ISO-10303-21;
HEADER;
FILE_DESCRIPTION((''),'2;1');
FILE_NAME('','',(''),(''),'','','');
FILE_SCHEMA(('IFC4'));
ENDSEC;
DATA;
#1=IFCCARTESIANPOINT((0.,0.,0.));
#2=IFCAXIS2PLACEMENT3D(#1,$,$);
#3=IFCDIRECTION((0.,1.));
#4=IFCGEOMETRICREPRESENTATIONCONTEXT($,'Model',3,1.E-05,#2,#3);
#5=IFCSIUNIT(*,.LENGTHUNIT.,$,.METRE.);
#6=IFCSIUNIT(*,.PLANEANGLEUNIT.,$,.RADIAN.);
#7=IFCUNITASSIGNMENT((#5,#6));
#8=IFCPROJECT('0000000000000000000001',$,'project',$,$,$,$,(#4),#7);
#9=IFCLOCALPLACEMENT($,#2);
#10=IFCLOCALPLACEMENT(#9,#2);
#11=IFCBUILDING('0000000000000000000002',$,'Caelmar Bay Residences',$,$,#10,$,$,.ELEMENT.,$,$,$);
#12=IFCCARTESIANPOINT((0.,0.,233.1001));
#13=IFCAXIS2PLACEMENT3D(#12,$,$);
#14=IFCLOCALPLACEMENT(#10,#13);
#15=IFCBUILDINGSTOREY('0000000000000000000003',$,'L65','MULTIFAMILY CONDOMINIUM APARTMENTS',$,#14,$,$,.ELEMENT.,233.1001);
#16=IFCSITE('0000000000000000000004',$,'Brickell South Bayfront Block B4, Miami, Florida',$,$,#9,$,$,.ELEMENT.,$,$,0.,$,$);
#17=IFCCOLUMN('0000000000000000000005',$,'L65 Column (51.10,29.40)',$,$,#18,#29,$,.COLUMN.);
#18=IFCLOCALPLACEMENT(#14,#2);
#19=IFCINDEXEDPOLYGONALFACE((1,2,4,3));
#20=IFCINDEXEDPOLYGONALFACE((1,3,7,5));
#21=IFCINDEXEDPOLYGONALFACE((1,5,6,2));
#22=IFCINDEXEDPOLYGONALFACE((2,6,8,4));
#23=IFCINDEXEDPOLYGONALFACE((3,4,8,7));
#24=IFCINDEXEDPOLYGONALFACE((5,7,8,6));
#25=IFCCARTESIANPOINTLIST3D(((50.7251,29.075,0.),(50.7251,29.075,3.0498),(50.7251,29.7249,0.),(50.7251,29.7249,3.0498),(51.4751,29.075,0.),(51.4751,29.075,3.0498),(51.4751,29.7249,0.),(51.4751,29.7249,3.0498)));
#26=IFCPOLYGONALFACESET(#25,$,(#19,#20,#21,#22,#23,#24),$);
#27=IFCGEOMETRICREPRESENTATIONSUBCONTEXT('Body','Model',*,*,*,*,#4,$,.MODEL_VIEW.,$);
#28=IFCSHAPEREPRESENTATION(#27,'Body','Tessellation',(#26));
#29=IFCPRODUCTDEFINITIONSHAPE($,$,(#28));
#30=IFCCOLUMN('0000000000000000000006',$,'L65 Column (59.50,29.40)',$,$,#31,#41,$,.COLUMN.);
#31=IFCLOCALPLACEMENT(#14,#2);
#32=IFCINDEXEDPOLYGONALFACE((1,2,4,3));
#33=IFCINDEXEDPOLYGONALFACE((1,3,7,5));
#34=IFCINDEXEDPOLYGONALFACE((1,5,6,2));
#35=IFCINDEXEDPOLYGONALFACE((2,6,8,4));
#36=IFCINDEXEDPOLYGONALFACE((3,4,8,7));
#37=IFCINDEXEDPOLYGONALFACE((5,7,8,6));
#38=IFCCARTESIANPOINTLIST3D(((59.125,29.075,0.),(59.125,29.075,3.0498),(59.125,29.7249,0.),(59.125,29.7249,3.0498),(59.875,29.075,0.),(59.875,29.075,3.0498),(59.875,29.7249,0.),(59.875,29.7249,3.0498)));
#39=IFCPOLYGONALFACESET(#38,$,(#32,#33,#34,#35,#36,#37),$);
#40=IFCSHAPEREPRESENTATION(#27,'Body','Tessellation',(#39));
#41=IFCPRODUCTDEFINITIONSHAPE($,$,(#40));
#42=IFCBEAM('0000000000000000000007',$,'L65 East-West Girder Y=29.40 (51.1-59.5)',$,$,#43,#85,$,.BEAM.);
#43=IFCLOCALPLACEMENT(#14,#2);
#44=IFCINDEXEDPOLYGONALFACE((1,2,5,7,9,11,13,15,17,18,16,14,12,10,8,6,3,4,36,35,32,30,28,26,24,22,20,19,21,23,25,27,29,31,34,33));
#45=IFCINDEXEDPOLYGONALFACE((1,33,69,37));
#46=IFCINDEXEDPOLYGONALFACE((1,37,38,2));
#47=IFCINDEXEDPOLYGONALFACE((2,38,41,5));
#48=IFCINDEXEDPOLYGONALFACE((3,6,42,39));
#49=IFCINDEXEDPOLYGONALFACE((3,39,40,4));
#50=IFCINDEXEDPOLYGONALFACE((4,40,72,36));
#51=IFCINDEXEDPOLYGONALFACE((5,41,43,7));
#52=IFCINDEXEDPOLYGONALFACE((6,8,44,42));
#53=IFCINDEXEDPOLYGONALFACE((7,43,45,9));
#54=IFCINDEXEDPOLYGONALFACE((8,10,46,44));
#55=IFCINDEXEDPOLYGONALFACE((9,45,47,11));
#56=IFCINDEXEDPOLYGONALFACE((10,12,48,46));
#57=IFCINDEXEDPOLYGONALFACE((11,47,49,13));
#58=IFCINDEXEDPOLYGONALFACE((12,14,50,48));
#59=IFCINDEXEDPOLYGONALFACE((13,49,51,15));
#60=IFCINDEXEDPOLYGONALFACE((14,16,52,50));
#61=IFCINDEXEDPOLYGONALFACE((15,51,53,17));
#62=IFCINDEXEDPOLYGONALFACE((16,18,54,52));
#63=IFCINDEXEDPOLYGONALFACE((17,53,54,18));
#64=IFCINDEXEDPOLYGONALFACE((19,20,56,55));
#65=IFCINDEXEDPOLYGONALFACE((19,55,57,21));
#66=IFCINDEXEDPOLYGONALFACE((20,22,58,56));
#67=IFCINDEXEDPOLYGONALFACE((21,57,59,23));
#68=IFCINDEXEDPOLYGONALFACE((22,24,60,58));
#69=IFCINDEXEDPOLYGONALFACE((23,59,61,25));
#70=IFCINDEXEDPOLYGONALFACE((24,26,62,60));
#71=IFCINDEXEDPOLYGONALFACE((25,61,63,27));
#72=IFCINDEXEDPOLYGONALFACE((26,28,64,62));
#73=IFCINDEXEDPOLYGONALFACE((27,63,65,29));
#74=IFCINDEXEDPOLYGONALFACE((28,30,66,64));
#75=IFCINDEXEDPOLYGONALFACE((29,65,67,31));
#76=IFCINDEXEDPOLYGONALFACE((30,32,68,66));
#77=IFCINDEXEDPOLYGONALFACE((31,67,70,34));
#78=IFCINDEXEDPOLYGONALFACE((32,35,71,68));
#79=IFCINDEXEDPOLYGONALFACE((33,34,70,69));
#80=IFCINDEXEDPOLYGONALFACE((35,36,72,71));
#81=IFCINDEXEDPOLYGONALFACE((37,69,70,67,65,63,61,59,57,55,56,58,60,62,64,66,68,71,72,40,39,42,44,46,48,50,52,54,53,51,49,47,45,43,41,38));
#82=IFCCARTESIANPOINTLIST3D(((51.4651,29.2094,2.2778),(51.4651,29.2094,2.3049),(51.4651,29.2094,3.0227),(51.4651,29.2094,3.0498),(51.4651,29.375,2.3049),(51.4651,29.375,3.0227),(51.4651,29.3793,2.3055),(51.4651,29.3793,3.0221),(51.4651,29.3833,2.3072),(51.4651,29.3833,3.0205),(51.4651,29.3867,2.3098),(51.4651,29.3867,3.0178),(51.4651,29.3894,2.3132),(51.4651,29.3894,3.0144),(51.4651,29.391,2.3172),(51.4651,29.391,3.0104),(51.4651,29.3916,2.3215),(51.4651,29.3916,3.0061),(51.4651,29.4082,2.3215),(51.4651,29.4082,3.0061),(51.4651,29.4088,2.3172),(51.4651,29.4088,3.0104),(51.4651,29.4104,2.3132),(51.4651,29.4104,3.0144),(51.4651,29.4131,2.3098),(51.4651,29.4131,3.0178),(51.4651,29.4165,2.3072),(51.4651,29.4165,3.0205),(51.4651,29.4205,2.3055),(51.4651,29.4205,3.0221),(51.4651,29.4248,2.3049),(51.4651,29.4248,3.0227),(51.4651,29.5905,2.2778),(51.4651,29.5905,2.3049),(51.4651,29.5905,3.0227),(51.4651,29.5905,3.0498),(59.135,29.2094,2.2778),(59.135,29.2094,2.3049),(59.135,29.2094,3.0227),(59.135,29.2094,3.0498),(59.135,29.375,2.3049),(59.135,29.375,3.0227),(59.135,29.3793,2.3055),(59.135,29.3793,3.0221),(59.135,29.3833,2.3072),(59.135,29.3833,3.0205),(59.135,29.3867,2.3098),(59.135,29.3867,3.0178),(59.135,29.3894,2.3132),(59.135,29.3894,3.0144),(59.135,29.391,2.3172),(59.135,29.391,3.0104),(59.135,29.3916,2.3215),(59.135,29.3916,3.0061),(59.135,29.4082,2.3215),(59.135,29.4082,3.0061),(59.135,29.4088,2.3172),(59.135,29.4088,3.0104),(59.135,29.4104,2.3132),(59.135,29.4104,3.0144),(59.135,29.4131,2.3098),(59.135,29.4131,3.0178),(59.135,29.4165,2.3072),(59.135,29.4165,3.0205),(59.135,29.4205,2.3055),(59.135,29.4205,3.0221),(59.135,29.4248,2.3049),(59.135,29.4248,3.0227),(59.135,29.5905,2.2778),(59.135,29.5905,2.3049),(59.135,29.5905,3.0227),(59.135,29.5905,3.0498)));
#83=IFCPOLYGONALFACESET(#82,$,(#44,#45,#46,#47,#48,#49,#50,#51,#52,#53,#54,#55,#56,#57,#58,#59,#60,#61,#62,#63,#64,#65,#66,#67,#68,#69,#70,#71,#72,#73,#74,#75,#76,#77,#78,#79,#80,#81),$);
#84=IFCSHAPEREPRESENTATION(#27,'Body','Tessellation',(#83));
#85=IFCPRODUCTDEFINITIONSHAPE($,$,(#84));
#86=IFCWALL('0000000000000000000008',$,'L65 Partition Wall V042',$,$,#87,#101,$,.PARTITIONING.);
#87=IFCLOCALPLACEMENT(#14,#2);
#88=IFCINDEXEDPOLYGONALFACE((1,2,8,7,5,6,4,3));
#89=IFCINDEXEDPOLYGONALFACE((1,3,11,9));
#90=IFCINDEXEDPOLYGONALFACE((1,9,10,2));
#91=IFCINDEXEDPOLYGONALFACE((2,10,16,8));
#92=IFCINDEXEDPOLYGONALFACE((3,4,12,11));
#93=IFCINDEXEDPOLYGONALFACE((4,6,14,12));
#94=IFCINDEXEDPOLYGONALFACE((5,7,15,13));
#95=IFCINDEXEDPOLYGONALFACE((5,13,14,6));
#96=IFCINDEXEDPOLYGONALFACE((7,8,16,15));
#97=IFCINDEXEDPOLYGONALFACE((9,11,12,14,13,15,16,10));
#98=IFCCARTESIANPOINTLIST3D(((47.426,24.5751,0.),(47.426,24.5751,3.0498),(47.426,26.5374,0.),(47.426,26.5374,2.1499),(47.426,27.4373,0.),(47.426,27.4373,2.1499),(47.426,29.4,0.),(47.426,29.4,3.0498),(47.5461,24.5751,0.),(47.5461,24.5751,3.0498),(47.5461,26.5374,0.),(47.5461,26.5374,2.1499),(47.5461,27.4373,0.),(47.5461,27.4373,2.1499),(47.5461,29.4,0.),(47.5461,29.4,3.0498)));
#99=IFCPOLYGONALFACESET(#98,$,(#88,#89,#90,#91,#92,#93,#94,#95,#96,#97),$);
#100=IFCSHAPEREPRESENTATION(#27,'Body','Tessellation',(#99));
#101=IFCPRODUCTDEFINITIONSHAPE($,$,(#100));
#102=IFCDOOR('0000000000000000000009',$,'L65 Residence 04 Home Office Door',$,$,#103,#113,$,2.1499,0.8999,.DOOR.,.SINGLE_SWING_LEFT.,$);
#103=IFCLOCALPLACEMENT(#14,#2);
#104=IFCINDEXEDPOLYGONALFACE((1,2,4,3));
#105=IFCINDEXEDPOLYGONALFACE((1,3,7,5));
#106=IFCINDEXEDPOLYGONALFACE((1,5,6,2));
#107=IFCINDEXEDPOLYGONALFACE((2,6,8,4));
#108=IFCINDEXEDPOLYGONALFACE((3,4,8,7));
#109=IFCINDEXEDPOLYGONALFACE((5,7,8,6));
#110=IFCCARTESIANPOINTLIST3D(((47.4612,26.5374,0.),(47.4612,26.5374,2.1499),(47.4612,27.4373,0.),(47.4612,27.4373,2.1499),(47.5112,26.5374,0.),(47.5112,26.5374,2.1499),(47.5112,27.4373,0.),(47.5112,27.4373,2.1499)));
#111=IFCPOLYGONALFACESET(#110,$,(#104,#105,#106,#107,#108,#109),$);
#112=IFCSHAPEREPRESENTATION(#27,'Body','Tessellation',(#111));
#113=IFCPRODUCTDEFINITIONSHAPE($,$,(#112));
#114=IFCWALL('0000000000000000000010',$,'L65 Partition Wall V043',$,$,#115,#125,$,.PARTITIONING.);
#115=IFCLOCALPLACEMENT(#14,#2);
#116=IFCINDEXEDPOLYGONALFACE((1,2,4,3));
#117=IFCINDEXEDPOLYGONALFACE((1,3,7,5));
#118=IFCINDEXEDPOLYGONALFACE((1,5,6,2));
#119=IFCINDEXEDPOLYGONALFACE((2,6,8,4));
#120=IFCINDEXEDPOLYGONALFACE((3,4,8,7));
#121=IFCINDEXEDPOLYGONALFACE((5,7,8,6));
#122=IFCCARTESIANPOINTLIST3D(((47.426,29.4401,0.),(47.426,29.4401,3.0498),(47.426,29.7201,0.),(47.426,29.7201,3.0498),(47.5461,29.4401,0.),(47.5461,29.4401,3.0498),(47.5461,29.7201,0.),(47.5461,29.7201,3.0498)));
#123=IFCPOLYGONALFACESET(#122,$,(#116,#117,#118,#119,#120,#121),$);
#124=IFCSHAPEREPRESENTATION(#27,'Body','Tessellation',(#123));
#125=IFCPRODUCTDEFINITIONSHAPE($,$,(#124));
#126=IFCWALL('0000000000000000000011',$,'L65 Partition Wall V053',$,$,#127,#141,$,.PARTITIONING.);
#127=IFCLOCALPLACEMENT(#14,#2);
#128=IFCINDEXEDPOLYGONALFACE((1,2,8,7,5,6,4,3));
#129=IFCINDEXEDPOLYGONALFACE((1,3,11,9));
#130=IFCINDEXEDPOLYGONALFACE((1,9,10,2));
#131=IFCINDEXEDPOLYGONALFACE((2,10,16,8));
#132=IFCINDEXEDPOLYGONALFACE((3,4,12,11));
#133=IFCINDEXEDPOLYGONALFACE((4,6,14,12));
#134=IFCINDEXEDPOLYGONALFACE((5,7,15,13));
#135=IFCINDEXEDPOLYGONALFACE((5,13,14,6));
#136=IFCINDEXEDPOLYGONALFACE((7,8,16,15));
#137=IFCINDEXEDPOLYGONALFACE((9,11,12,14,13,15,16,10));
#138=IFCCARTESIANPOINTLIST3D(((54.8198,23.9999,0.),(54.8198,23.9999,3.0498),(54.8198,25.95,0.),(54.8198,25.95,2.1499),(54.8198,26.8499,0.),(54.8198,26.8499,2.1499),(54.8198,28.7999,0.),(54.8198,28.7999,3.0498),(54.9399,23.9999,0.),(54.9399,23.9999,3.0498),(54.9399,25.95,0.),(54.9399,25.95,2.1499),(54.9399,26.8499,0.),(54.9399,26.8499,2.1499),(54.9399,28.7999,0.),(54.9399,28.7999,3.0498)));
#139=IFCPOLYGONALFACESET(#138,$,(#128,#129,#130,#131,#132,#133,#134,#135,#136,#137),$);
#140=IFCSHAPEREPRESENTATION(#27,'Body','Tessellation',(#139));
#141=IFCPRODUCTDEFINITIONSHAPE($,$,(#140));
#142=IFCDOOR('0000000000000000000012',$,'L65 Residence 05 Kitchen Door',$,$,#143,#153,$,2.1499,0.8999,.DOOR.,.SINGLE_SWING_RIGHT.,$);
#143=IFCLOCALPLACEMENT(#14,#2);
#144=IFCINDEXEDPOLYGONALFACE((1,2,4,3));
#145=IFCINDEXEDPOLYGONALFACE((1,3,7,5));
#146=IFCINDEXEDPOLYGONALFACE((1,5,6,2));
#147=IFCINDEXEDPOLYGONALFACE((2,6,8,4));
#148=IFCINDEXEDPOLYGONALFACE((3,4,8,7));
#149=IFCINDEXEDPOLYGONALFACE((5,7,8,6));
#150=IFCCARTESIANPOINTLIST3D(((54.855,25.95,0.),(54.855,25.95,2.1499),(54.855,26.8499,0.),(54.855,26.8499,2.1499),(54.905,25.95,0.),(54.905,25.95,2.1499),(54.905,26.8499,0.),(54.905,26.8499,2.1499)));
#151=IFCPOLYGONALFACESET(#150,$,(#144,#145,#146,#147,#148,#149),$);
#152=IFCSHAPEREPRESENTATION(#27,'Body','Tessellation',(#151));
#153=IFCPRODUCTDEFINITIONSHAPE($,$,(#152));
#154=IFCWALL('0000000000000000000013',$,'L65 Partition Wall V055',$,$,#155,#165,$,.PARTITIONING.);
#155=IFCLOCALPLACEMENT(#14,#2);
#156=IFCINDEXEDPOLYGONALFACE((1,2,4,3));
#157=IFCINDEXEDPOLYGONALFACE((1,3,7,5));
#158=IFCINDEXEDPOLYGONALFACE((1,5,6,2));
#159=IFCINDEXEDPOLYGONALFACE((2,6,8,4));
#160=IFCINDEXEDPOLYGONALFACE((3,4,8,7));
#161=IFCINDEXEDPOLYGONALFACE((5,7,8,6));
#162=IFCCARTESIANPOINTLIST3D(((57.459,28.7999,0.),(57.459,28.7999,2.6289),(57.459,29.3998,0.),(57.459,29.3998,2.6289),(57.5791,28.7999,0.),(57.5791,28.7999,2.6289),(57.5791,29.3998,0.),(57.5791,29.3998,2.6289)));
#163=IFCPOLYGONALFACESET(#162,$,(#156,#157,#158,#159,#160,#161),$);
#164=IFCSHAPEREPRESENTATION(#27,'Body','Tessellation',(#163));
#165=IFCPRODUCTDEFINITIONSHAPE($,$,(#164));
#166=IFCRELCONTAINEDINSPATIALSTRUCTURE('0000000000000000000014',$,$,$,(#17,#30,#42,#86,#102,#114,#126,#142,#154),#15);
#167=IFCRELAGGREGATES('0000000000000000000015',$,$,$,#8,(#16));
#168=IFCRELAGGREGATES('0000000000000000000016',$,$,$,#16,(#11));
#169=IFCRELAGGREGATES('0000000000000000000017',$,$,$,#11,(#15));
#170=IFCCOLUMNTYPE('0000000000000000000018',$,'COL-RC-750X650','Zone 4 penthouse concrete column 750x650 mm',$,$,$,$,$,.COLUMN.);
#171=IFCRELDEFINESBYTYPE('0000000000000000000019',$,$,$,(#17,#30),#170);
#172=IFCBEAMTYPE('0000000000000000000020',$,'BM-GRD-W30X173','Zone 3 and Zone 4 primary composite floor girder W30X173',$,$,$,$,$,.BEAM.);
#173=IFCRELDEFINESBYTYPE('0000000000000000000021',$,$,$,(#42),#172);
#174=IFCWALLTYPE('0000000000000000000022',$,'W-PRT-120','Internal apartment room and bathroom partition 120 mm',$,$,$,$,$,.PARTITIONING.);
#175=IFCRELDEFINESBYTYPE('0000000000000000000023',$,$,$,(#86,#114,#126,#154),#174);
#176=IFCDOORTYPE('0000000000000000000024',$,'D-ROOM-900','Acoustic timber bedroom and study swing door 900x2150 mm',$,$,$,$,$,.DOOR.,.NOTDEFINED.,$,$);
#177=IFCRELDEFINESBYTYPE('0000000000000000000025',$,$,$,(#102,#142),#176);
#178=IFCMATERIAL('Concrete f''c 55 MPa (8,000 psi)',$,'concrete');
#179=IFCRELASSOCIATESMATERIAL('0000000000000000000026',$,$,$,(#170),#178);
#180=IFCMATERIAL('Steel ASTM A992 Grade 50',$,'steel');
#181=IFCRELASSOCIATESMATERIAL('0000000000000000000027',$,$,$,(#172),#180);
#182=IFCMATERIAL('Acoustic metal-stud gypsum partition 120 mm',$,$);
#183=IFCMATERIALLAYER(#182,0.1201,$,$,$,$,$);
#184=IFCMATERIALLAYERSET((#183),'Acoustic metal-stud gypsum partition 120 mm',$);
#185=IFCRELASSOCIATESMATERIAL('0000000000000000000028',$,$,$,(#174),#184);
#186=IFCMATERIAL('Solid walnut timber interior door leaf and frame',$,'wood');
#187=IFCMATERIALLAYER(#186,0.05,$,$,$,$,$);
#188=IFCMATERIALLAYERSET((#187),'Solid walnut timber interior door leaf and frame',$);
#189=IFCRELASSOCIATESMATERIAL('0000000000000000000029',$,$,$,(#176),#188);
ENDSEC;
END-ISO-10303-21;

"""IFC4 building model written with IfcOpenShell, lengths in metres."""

from ifc_helpers import new_model, si_unit, direction, frame, frame_2d, origin, origin_2d, place, context, subcontext, project, spatial, rectangle, i_section, extrude, material, layer, layer_set, material_profile, profile_set, type_object, element, fill, save


model = new_model("IFC4")

# Units and contexts
model_context = context("Model", 3, precision=1e-05, world=origin(), true_north=direction((0.0, 1.0)))
body_context = subcontext(model_context, "Body", "Model", "MODEL_VIEW")
ifc_project = project(units=[si_unit("LENGTHUNIT", "METRE"), si_unit("PLANEANGLEUNIT", "RADIAN")], contexts=[model_context])

# Site, building, storey
site_placement = place(None, origin())
site = spatial("IfcSite", under=ifc_project, at=site_placement, Name="Brickell South Bayfront Block B4, Miami, Florida", CompositionType="ELEMENT", RefElevation=0.0)
building_placement = place(site_placement, origin())
building = spatial("IfcBuilding", under=site, at=building_placement, Name="Caelmar Bay Residences", CompositionType="ELEMENT")
storey_placement = place(building_placement, frame((0.0, 0.0, 233.1001)))
storey = spatial("IfcBuildingStorey", under=building, at=storey_placement, Name="L65", Description="MULTIFAMILY CONDOMINIUM APARTMENTS", CompositionType="ELEMENT", Elevation=233.1001)

# Columns
ifc_material_1 = material(Name="Concrete f'c 55 MPa (8,000 psi)", Category="concrete")
ifc_material_profile_1 = material_profile(ifc_material_1, rectangle(XDim=0.75, YDim=0.6499, at=origin_2d()), Name="RC-COL-750X650")
ifc_profile_set_1 = profile_set([ifc_material_profile_1], Name="Concrete f'c 55 MPa (8,000 psi)")
column_type = type_object("IfcColumnType", Name="COL-RC-750X650", Description="Zone 4 penthouse concrete column 750x650 mm", PredefinedType="COLUMN", material=ifc_profile_set_1)
for number, where, z_axis, x_axis, name in (
    (1, (51.1001, 29.3999, 0.0), (0.0, 0.0, 1.0), (1.0, 0.0, 0.0), "L65 Column (51.10,29.40)"),
    (2, (59.5, 29.3999, 0.0), (0.0, 0.0, 1.0), (1.0, 0.0, 0.0), "L65 Column (59.50,29.40)"),
):
    element("IfcColumn", number, at=place(storey_placement, frame(where, z_axis=z_axis, x_axis=x_axis)), inside=storey, type_object=column_type, Name=name, PredefinedType="COLUMN", context=body_context, shape_type="SweptSolid", body=[
        extrude(rectangle(XDim=0.75, YDim=0.6499, at=origin_2d()), origin(), (0.0, 0.0, 1.0), 3.0498),
    ])

# Beam
ifc_material_2 = material(Name="Steel ASTM A992 Grade 50", Category="steel")
ifc_material_profile_2 = material_profile(ifc_material_2, i_section(OverallWidth=0.3811, OverallDepth=0.772, WebThickness=0.0166, FlangeThickness=0.0271, FilletRadius=0.0166, at=origin_2d()), Name="W30X173")
ifc_profile_set_2 = profile_set([ifc_material_profile_2], Name="Steel ASTM A992 Grade 50")
beam_type = type_object("IfcBeamType", Name="BM-GRD-W30X173", Description="Zone 3 and Zone 4 primary composite floor girder W30X173", PredefinedType="BEAM", material=ifc_profile_set_2)
beam_placement = place(storey_placement, frame((51.4651, 29.3999, 2.6638), z_axis=(1.0, 0.0, 0.0), x_axis=(0.0, 1.0, 0.0)))
element("IfcBeam", 3, at=beam_placement, inside=storey, type_object=beam_type, Name="L65 East-West Girder Y=29.40 (51.1-59.5)", PredefinedType="BEAM", context=body_context, shape_type="SweptSolid", body=[
    extrude(i_section(OverallWidth=0.3811, OverallDepth=0.772, WebThickness=0.0166, FlangeThickness=0.0271, FilletRadius=0.0166, at=origin_2d()), origin(), (0.0, 0.0, 1.0), 7.6699),
])

# Wall, opening, door
ifc_material_3 = material(Name="Acoustic metal-stud gypsum partition 120 mm")
ifc_layer_1 = layer(ifc_material_3, 0.1201)
ifc_layer_set_1 = layer_set([ifc_layer_1], Name="Acoustic metal-stud gypsum partition 120 mm")
wall_type_1 = type_object("IfcWallType", Name="W-PRT-120", Description="Internal apartment room and bathroom partition 120 mm", PredefinedType="PARTITIONING", material=ifc_layer_set_1)
wall_1_placement = place(storey_placement, frame((47.4861, 24.575, 0.0), z_axis=(0.0, 0.0, 1.0), x_axis=(0.0, 1.0, 0.0)))
wall_1 = element("IfcWall", 4, at=wall_1_placement, inside=storey, type_object=wall_type_1, Name="L65 Partition Wall V042", PredefinedType="PARTITIONING", context=body_context, shape_type="SweptSolid", body=[
    extrude(rectangle(XDim=4.825, YDim=0.1201, at=frame_2d((2.4126, 0.0))), origin(), (0.0, 0.0, 1.0), 3.0498),
])
opening_1_placement = place(wall_1_placement, frame((1.9624, 0.0, 0.0)))
opening_1 = element("IfcOpeningElement", 5, at=opening_1_placement, cuts=wall_1, PredefinedType="OPENING", context=body_context, shape_type="SweptSolid", body=[
    extrude(rectangle(XDim=0.8999, YDim=2.1499, at=frame_2d((0.45, 1.075))), frame((0.0, 0.0701, 0.0), z_axis=(0.0, -1.0, 0.0), x_axis=(1.0, 0.0, 0.0)), (0.0, 0.0, 1.0), 0.1401),
])
ifc_material_4 = material(Name="Solid walnut timber interior door leaf and frame", Category="wood")
ifc_layer_2 = layer(ifc_material_4, 0.05)
ifc_layer_set_2 = layer_set([ifc_layer_2], Name="Solid walnut timber interior door leaf and frame")
door_type_1 = type_object("IfcDoorType", Name="D-ROOM-900", Description="Acoustic timber bedroom and study swing door 900x2150 mm", OperationType="NOTDEFINED", PredefinedType="DOOR", material=ifc_layer_set_2)
door_1_placement = place(opening_1_placement, origin())
door_1 = element("IfcDoor", 6, at=door_1_placement, inside=storey, type_object=door_type_1, Name="L65 Residence 04 Home Office Door", OperationType="SINGLE_SWING_LEFT", OverallHeight=2.1499, OverallWidth=0.8999, PredefinedType="DOOR", context=body_context, shape_type="SweptSolid", body=[
    extrude(rectangle(XDim=0.8999, YDim=2.1499, at=frame_2d((0.45, 1.075))), frame((0.0, 0.0249, 0.0), z_axis=(0.0, -1.0, 0.0), x_axis=(1.0, 0.0, 0.0)), (0.0, 0.0, 1.0), 0.05),
])
fill(opening_1, door_1)

# Wall
wall_2_placement = place(storey_placement, frame((47.4861, 29.4399, 0.0), z_axis=(0.0, 0.0, 1.0), x_axis=(0.0, 1.0, 0.0)))
element("IfcWall", 7, at=wall_2_placement, inside=storey, type_object=wall_type_1, Name="L65 Partition Wall V043", PredefinedType="PARTITIONING", context=body_context, shape_type="SweptSolid", body=[
    extrude(rectangle(XDim=0.28, YDim=0.1201, at=frame_2d((0.1401, 0.0))), origin(), (0.0, 0.0, 1.0), 3.0498),
])

# Wall, opening, door
wall_3_placement = place(storey_placement, frame((54.8799, 24.0, 0.0), z_axis=(0.0, 0.0, 1.0), x_axis=(0.0, 1.0, 0.0)))
wall_3 = element("IfcWall", 8, at=wall_3_placement, inside=storey, type_object=wall_type_1, Name="L65 Partition Wall V053", PredefinedType="PARTITIONING", context=body_context, shape_type="SweptSolid", body=[
    extrude(rectangle(XDim=4.8, YDim=0.1201, at=frame_2d((2.3999, 0.0))), origin(), (0.0, 0.0, 1.0), 3.0498),
])
opening_2_placement = place(wall_3_placement, frame((1.95, 0.0, 0.0)))
opening_2 = element("IfcOpeningElement", 9, at=opening_2_placement, cuts=wall_3, PredefinedType="OPENING", context=body_context, shape_type="SweptSolid", body=[
    extrude(rectangle(XDim=0.8999, YDim=2.1499, at=frame_2d((0.45, 1.075))), frame((0.0, 0.0701, 0.0), z_axis=(0.0, -1.0, 0.0), x_axis=(1.0, 0.0, 0.0)), (0.0, 0.0, 1.0), 0.1401),
])
door_2_placement = place(opening_2_placement, origin())
door_2 = element("IfcDoor", 10, at=door_2_placement, inside=storey, type_object=door_type_1, Name="L65 Residence 05 Kitchen Door", OperationType="SINGLE_SWING_RIGHT", OverallHeight=2.1499, OverallWidth=0.8999, PredefinedType="DOOR", context=body_context, shape_type="SweptSolid", body=[
    extrude(rectangle(XDim=0.8999, YDim=2.1499, at=frame_2d((0.45, 1.075))), frame((0.0, 0.0249, 0.0), z_axis=(0.0, -1.0, 0.0), x_axis=(1.0, 0.0, 0.0)), (0.0, 0.0, 1.0), 0.05),
])
fill(opening_2, door_2)

# Wall
wall_4_placement = place(storey_placement, frame((57.519, 28.8, 0.0), z_axis=(0.0, 0.0, 1.0), x_axis=(0.0, 1.0, 0.0)))
element("IfcWall", 11, at=wall_4_placement, inside=storey, type_object=wall_type_1, Name="L65 Partition Wall V055", PredefinedType="PARTITIONING", context=body_context, shape_type="SweptSolid", body=[
    extrude(rectangle(XDim=0.5999, YDim=0.1201, at=frame_2d((0.2998, 0.0))), origin(), (0.0, 0.0, 1.0), 2.6289),
])

save(model, "model.ifc")
